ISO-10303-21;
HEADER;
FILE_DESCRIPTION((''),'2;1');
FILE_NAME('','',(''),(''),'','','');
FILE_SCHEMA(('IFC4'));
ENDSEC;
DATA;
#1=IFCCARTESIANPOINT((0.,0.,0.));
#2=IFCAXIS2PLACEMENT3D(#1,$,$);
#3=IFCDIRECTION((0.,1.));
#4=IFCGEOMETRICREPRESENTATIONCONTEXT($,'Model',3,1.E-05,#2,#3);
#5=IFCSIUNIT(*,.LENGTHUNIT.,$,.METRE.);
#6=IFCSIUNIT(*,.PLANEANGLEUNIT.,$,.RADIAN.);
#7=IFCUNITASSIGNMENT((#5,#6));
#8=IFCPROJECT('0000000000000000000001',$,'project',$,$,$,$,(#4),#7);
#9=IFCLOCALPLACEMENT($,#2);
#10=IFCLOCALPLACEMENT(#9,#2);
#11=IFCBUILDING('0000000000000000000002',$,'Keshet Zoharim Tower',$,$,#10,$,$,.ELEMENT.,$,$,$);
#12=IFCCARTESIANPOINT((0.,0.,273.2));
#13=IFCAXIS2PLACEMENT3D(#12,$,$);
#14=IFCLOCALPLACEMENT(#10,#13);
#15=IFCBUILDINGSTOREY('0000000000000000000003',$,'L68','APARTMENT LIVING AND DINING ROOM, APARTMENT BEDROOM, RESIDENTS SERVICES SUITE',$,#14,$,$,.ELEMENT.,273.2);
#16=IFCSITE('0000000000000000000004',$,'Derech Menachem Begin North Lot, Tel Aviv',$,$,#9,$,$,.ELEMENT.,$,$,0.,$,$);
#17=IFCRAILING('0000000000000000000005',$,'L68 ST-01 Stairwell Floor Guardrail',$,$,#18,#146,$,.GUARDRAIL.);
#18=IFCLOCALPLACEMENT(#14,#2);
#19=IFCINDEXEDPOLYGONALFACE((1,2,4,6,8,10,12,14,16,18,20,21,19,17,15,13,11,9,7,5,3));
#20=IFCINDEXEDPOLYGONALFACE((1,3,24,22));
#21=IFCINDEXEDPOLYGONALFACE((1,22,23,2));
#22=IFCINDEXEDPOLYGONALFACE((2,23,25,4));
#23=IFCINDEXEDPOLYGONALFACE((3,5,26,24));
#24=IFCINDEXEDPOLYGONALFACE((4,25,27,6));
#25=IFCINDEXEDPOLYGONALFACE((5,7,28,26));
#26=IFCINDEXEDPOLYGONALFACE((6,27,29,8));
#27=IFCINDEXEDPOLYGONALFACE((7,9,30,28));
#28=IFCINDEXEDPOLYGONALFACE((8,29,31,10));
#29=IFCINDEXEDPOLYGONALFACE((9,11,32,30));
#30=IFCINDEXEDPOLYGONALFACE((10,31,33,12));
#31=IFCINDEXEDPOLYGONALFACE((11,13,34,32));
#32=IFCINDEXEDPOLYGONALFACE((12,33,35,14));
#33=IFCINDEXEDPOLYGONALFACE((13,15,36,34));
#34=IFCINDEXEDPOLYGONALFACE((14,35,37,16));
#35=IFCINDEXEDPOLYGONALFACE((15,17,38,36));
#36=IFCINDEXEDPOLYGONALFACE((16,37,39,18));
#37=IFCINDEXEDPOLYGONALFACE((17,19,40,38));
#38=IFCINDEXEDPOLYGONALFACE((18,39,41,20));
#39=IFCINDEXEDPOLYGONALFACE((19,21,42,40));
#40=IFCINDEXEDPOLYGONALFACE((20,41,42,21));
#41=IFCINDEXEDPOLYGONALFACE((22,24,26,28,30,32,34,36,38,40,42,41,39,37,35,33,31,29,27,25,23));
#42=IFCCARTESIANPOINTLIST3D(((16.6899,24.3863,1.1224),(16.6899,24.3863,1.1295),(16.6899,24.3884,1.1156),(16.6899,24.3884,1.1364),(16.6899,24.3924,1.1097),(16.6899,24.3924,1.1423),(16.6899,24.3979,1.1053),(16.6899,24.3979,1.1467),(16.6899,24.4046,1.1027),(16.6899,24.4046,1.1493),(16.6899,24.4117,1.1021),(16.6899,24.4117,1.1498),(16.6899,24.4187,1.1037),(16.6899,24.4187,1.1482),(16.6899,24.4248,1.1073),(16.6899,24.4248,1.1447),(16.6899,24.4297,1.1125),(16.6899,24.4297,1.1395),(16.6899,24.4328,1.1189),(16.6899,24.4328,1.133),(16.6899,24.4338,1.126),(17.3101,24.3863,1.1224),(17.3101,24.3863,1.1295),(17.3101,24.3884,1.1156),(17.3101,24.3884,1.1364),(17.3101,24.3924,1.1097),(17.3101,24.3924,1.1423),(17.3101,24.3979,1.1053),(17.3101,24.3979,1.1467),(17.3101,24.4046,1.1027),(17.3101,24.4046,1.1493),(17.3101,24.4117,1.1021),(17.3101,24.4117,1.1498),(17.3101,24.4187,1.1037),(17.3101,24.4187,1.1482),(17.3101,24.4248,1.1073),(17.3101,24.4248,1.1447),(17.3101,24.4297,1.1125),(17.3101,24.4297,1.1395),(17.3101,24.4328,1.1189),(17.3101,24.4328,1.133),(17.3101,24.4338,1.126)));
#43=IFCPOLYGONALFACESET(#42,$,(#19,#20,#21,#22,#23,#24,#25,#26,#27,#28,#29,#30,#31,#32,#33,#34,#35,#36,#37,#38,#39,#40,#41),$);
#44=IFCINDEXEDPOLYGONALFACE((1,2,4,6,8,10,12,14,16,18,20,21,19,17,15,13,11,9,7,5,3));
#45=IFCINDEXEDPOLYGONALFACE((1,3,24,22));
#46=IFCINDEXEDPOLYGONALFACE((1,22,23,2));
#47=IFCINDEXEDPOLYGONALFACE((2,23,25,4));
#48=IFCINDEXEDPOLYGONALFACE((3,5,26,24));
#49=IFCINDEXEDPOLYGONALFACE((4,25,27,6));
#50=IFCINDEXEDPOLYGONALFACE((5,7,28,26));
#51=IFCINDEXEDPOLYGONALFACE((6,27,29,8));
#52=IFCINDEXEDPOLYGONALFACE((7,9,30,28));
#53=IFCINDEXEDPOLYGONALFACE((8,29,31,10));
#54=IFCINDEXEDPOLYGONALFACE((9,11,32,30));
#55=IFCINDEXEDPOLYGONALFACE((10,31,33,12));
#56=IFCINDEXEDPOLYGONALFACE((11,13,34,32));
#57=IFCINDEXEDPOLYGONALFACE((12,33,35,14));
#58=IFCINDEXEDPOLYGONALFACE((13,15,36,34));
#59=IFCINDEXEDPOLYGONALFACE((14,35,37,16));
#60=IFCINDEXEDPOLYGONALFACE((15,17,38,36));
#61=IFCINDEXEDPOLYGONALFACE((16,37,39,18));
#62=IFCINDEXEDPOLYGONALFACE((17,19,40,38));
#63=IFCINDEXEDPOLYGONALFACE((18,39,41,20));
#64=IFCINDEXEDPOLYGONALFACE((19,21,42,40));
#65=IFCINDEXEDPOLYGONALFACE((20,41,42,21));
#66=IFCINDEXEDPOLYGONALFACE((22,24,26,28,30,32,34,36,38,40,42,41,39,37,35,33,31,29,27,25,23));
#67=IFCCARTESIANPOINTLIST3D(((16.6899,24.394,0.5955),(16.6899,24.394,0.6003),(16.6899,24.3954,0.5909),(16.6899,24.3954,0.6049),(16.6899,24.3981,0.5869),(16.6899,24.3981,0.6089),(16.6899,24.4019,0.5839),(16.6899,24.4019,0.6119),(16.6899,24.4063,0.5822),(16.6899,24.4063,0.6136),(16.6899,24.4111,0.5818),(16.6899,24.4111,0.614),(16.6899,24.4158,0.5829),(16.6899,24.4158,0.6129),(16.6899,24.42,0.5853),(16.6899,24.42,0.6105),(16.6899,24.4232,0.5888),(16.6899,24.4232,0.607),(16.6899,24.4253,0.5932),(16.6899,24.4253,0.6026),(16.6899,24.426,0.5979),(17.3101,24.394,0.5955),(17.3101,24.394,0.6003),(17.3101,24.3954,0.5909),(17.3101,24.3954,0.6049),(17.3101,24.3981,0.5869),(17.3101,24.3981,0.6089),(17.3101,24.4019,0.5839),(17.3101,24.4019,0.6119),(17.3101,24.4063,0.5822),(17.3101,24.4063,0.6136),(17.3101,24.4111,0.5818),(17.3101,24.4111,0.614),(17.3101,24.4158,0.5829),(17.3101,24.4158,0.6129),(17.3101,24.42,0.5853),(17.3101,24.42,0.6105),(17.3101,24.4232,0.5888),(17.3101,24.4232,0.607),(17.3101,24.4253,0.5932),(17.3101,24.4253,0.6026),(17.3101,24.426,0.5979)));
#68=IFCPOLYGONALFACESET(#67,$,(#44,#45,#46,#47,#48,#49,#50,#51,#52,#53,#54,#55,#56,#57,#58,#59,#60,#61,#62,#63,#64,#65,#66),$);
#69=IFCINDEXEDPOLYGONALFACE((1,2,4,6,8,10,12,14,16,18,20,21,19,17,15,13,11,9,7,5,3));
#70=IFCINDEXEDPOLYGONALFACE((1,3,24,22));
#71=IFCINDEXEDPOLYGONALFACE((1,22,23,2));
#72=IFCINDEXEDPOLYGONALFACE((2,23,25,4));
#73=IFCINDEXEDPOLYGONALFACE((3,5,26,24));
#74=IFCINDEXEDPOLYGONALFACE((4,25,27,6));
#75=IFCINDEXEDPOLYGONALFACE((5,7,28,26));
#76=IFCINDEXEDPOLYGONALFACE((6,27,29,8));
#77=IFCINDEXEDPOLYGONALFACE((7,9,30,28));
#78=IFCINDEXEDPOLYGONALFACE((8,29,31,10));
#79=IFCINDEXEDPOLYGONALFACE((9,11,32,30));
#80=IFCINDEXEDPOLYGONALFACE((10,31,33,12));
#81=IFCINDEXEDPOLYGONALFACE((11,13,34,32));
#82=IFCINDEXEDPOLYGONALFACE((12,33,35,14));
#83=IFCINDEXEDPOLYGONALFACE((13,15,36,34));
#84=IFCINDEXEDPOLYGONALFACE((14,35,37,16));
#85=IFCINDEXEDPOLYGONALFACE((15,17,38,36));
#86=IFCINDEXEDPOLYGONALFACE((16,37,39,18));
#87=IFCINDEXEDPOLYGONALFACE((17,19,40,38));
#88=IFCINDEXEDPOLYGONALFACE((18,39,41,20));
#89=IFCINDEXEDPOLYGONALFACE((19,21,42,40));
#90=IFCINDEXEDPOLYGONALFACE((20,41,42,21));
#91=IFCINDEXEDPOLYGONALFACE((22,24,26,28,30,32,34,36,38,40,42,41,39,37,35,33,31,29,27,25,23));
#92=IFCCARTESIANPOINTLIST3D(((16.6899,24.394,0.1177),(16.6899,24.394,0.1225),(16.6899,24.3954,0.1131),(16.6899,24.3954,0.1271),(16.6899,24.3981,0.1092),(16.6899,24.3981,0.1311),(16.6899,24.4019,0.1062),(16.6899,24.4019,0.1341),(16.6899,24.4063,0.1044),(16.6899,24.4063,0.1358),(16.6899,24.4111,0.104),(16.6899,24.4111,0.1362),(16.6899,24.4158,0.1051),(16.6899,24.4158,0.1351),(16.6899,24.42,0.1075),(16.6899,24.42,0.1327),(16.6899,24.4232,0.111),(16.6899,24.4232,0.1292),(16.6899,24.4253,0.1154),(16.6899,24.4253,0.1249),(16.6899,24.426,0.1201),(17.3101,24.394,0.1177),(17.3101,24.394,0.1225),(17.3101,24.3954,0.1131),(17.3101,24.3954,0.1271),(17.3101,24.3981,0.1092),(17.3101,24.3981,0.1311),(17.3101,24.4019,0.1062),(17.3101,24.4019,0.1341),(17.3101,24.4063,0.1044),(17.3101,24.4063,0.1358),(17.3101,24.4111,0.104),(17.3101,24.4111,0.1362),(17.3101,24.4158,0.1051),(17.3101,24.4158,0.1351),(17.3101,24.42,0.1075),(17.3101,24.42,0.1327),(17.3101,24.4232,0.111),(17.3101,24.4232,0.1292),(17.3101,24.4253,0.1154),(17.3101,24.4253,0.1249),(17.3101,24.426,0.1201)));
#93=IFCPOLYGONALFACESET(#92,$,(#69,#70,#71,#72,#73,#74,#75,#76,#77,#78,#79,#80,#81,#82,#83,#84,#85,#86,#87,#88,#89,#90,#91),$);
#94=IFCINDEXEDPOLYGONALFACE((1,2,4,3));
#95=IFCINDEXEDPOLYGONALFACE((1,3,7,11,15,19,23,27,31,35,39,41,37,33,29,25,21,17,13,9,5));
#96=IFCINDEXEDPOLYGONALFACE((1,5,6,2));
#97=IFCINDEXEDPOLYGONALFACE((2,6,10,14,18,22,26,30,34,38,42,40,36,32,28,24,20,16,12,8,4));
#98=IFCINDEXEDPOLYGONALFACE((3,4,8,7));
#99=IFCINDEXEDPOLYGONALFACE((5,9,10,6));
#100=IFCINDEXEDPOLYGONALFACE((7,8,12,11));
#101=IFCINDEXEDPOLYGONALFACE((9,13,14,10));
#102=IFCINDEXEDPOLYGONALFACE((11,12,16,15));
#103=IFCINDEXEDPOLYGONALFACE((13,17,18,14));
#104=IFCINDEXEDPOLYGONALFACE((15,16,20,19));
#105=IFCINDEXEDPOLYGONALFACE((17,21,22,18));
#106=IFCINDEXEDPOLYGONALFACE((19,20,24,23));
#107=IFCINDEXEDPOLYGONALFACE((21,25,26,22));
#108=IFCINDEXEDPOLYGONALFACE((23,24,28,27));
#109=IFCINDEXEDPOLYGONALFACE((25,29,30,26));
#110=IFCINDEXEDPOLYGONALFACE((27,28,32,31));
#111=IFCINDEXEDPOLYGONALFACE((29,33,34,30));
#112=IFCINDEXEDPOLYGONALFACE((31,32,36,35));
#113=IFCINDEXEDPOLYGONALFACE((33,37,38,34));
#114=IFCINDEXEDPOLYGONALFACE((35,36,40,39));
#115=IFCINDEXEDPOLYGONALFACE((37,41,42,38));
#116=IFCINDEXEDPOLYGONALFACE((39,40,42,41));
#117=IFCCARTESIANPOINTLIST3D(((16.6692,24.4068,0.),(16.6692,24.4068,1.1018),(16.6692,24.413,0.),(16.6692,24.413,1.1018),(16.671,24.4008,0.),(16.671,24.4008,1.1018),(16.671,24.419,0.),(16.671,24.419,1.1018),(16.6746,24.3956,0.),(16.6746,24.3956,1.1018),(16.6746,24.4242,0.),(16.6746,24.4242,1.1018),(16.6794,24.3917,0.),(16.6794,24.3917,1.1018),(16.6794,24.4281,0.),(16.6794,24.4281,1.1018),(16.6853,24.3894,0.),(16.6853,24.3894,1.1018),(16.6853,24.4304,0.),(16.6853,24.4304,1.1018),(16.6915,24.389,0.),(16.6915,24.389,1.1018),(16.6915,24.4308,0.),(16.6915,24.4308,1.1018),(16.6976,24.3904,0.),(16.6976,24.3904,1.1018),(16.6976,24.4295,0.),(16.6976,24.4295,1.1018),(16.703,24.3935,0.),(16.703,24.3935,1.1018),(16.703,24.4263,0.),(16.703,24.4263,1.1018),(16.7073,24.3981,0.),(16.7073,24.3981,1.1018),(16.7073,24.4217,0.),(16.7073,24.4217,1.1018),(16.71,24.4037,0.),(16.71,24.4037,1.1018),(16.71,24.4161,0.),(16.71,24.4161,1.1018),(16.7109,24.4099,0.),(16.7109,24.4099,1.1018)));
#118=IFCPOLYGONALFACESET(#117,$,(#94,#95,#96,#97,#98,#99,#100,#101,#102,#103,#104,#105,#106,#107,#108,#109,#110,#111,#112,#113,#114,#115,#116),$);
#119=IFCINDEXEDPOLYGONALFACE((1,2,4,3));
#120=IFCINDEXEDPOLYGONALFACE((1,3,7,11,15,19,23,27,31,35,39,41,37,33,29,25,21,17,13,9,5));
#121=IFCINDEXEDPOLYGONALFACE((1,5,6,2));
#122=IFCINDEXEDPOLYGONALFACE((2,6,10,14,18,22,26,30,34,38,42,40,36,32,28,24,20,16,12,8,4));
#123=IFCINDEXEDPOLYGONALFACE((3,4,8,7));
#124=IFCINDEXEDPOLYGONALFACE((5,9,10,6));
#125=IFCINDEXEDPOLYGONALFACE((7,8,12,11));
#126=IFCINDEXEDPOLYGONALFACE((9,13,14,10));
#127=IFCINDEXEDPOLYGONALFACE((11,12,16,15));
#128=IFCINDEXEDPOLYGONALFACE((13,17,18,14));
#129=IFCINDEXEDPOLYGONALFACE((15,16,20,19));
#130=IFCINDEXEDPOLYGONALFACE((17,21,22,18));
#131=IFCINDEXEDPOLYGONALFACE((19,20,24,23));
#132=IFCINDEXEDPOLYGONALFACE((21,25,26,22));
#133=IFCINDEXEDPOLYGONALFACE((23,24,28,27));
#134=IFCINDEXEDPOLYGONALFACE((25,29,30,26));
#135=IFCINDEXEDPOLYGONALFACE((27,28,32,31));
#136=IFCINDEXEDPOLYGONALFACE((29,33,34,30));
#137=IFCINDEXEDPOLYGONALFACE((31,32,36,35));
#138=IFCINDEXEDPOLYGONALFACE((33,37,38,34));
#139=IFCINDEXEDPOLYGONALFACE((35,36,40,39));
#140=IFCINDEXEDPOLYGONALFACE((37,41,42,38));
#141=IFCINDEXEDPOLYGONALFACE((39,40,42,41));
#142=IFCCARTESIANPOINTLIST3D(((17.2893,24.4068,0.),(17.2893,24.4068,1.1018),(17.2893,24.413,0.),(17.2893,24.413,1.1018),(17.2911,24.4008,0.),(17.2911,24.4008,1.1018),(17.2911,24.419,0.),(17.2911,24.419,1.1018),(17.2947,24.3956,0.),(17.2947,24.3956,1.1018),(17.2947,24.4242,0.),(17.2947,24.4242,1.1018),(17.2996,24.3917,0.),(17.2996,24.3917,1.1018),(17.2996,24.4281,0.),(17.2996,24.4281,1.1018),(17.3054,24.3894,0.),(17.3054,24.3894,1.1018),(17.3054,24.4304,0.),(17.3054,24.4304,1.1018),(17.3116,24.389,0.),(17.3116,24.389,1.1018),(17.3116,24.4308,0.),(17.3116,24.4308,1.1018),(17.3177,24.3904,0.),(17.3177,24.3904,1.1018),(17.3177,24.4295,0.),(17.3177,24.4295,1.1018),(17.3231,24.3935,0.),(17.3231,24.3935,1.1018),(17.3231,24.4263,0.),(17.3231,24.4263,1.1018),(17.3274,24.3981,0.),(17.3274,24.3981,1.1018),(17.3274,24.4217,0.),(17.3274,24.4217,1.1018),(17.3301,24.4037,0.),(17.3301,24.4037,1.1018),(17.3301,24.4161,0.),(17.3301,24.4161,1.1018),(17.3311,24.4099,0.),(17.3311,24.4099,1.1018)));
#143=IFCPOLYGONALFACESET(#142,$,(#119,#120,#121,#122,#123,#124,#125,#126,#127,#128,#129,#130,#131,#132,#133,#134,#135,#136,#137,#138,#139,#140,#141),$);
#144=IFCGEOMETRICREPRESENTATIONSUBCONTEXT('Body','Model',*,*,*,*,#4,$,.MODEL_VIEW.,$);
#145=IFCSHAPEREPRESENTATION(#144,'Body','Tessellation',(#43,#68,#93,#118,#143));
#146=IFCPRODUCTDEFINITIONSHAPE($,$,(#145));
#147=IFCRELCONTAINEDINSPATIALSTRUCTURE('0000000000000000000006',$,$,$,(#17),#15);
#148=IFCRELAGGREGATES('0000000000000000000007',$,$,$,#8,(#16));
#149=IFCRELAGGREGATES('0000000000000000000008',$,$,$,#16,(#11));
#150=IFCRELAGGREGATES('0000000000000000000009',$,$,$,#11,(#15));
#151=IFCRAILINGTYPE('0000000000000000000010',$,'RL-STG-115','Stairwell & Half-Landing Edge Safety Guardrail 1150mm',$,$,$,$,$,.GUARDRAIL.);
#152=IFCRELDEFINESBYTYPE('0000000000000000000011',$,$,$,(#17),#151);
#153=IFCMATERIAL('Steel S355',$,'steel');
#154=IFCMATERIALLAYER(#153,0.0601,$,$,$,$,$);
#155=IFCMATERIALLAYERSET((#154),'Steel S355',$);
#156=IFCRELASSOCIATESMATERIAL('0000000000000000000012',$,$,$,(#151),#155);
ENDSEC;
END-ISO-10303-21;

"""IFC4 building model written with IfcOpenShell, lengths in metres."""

from ifc_helpers import new_model, si_unit, direction, frame, origin, origin_2d, place, context, subcontext, project, spatial, circle, extrude, material, layer, layer_set, type_object, element, save


model = new_model("IFC4")

# Units and contexts
model_context = context("Model", 3, precision=1e-05, world=origin(), true_north=direction((0.0, 1.0)))
body_context = subcontext(model_context, "Body", "Model", "MODEL_VIEW")
ifc_project = project(units=[si_unit("LENGTHUNIT", "METRE"), si_unit("PLANEANGLEUNIT", "RADIAN")], contexts=[model_context])

# Site, building, storey
site_placement = place(None, origin())
site = spatial("IfcSite", under=ifc_project, at=site_placement, Name="Derech Menachem Begin North Lot, Tel Aviv", CompositionType="ELEMENT", RefElevation=0.0)
building_placement = place(site_placement, origin())
building = spatial("IfcBuilding", under=site, at=building_placement, Name="Keshet Zoharim Tower", CompositionType="ELEMENT")
storey_placement = place(building_placement, frame((0.0, 0.0, 273.2)))
storey = spatial("IfcBuildingStorey", under=building, at=storey_placement, Name="L68", Description="APARTMENT LIVING AND DINING ROOM, APARTMENT BEDROOM, RESIDENTS SERVICES SUITE", CompositionType="ELEMENT", Elevation=273.2)

# Shared definitions
ifc_material_1 = material(Name="Steel S355", Category="steel")

# Railing
ifc_layer_1 = layer(ifc_material_1, 0.0601)
ifc_layer_set_1 = layer_set([ifc_layer_1], Name="Steel S355")
railing_type_1 = type_object("IfcRailingType", Name="RL-STG-115", Description="Stairwell & Half-Landing Edge Safety Guardrail 1150mm", PredefinedType="GUARDRAIL", material=ifc_layer_set_1)
railing_1_placement = place(storey_placement, frame((16.6899, 24.4099, 0.0)))
element("IfcRailing", 1, at=railing_1_placement, inside=storey, type_object=railing_type_1, Name="L68 ST-01 Stairwell Floor Guardrail", PredefinedType="GUARDRAIL", context=body_context, shape_type="SweptSolid", body=[
    extrude(circle(Radius=0.0239, at=origin_2d()), frame((0.0, 0.0, 1.126), z_axis=(1.0, 0.0, 0.0), x_axis=(0.0, 1.0, 0.0)), (0.0, 0.0, 1.0), 0.6201),
    extrude(circle(Radius=0.0161, at=origin_2d()), frame((0.0, 0.0, 0.5979), z_axis=(1.0, 0.0, 0.0), x_axis=(0.0, 1.0, 0.0)), (0.0, 0.0, 1.0), 0.6201),
    extrude(circle(Radius=0.0161, at=origin_2d()), frame((0.0, 0.0, 0.1201), z_axis=(1.0, 0.0, 0.0), x_axis=(0.0, 1.0, 0.0)), (0.0, 0.0, 1.0), 0.6201),
    extrude(circle(Radius=0.021, at=origin_2d()), origin(), (0.0, 0.0, 1.0), 1.1018),
    extrude(circle(Radius=0.021, at=origin_2d()), frame((0.6201, 0.0, 0.0)), (0.0, 0.0, 1.0), 1.1018),
])

save(model, "model.ifc")
